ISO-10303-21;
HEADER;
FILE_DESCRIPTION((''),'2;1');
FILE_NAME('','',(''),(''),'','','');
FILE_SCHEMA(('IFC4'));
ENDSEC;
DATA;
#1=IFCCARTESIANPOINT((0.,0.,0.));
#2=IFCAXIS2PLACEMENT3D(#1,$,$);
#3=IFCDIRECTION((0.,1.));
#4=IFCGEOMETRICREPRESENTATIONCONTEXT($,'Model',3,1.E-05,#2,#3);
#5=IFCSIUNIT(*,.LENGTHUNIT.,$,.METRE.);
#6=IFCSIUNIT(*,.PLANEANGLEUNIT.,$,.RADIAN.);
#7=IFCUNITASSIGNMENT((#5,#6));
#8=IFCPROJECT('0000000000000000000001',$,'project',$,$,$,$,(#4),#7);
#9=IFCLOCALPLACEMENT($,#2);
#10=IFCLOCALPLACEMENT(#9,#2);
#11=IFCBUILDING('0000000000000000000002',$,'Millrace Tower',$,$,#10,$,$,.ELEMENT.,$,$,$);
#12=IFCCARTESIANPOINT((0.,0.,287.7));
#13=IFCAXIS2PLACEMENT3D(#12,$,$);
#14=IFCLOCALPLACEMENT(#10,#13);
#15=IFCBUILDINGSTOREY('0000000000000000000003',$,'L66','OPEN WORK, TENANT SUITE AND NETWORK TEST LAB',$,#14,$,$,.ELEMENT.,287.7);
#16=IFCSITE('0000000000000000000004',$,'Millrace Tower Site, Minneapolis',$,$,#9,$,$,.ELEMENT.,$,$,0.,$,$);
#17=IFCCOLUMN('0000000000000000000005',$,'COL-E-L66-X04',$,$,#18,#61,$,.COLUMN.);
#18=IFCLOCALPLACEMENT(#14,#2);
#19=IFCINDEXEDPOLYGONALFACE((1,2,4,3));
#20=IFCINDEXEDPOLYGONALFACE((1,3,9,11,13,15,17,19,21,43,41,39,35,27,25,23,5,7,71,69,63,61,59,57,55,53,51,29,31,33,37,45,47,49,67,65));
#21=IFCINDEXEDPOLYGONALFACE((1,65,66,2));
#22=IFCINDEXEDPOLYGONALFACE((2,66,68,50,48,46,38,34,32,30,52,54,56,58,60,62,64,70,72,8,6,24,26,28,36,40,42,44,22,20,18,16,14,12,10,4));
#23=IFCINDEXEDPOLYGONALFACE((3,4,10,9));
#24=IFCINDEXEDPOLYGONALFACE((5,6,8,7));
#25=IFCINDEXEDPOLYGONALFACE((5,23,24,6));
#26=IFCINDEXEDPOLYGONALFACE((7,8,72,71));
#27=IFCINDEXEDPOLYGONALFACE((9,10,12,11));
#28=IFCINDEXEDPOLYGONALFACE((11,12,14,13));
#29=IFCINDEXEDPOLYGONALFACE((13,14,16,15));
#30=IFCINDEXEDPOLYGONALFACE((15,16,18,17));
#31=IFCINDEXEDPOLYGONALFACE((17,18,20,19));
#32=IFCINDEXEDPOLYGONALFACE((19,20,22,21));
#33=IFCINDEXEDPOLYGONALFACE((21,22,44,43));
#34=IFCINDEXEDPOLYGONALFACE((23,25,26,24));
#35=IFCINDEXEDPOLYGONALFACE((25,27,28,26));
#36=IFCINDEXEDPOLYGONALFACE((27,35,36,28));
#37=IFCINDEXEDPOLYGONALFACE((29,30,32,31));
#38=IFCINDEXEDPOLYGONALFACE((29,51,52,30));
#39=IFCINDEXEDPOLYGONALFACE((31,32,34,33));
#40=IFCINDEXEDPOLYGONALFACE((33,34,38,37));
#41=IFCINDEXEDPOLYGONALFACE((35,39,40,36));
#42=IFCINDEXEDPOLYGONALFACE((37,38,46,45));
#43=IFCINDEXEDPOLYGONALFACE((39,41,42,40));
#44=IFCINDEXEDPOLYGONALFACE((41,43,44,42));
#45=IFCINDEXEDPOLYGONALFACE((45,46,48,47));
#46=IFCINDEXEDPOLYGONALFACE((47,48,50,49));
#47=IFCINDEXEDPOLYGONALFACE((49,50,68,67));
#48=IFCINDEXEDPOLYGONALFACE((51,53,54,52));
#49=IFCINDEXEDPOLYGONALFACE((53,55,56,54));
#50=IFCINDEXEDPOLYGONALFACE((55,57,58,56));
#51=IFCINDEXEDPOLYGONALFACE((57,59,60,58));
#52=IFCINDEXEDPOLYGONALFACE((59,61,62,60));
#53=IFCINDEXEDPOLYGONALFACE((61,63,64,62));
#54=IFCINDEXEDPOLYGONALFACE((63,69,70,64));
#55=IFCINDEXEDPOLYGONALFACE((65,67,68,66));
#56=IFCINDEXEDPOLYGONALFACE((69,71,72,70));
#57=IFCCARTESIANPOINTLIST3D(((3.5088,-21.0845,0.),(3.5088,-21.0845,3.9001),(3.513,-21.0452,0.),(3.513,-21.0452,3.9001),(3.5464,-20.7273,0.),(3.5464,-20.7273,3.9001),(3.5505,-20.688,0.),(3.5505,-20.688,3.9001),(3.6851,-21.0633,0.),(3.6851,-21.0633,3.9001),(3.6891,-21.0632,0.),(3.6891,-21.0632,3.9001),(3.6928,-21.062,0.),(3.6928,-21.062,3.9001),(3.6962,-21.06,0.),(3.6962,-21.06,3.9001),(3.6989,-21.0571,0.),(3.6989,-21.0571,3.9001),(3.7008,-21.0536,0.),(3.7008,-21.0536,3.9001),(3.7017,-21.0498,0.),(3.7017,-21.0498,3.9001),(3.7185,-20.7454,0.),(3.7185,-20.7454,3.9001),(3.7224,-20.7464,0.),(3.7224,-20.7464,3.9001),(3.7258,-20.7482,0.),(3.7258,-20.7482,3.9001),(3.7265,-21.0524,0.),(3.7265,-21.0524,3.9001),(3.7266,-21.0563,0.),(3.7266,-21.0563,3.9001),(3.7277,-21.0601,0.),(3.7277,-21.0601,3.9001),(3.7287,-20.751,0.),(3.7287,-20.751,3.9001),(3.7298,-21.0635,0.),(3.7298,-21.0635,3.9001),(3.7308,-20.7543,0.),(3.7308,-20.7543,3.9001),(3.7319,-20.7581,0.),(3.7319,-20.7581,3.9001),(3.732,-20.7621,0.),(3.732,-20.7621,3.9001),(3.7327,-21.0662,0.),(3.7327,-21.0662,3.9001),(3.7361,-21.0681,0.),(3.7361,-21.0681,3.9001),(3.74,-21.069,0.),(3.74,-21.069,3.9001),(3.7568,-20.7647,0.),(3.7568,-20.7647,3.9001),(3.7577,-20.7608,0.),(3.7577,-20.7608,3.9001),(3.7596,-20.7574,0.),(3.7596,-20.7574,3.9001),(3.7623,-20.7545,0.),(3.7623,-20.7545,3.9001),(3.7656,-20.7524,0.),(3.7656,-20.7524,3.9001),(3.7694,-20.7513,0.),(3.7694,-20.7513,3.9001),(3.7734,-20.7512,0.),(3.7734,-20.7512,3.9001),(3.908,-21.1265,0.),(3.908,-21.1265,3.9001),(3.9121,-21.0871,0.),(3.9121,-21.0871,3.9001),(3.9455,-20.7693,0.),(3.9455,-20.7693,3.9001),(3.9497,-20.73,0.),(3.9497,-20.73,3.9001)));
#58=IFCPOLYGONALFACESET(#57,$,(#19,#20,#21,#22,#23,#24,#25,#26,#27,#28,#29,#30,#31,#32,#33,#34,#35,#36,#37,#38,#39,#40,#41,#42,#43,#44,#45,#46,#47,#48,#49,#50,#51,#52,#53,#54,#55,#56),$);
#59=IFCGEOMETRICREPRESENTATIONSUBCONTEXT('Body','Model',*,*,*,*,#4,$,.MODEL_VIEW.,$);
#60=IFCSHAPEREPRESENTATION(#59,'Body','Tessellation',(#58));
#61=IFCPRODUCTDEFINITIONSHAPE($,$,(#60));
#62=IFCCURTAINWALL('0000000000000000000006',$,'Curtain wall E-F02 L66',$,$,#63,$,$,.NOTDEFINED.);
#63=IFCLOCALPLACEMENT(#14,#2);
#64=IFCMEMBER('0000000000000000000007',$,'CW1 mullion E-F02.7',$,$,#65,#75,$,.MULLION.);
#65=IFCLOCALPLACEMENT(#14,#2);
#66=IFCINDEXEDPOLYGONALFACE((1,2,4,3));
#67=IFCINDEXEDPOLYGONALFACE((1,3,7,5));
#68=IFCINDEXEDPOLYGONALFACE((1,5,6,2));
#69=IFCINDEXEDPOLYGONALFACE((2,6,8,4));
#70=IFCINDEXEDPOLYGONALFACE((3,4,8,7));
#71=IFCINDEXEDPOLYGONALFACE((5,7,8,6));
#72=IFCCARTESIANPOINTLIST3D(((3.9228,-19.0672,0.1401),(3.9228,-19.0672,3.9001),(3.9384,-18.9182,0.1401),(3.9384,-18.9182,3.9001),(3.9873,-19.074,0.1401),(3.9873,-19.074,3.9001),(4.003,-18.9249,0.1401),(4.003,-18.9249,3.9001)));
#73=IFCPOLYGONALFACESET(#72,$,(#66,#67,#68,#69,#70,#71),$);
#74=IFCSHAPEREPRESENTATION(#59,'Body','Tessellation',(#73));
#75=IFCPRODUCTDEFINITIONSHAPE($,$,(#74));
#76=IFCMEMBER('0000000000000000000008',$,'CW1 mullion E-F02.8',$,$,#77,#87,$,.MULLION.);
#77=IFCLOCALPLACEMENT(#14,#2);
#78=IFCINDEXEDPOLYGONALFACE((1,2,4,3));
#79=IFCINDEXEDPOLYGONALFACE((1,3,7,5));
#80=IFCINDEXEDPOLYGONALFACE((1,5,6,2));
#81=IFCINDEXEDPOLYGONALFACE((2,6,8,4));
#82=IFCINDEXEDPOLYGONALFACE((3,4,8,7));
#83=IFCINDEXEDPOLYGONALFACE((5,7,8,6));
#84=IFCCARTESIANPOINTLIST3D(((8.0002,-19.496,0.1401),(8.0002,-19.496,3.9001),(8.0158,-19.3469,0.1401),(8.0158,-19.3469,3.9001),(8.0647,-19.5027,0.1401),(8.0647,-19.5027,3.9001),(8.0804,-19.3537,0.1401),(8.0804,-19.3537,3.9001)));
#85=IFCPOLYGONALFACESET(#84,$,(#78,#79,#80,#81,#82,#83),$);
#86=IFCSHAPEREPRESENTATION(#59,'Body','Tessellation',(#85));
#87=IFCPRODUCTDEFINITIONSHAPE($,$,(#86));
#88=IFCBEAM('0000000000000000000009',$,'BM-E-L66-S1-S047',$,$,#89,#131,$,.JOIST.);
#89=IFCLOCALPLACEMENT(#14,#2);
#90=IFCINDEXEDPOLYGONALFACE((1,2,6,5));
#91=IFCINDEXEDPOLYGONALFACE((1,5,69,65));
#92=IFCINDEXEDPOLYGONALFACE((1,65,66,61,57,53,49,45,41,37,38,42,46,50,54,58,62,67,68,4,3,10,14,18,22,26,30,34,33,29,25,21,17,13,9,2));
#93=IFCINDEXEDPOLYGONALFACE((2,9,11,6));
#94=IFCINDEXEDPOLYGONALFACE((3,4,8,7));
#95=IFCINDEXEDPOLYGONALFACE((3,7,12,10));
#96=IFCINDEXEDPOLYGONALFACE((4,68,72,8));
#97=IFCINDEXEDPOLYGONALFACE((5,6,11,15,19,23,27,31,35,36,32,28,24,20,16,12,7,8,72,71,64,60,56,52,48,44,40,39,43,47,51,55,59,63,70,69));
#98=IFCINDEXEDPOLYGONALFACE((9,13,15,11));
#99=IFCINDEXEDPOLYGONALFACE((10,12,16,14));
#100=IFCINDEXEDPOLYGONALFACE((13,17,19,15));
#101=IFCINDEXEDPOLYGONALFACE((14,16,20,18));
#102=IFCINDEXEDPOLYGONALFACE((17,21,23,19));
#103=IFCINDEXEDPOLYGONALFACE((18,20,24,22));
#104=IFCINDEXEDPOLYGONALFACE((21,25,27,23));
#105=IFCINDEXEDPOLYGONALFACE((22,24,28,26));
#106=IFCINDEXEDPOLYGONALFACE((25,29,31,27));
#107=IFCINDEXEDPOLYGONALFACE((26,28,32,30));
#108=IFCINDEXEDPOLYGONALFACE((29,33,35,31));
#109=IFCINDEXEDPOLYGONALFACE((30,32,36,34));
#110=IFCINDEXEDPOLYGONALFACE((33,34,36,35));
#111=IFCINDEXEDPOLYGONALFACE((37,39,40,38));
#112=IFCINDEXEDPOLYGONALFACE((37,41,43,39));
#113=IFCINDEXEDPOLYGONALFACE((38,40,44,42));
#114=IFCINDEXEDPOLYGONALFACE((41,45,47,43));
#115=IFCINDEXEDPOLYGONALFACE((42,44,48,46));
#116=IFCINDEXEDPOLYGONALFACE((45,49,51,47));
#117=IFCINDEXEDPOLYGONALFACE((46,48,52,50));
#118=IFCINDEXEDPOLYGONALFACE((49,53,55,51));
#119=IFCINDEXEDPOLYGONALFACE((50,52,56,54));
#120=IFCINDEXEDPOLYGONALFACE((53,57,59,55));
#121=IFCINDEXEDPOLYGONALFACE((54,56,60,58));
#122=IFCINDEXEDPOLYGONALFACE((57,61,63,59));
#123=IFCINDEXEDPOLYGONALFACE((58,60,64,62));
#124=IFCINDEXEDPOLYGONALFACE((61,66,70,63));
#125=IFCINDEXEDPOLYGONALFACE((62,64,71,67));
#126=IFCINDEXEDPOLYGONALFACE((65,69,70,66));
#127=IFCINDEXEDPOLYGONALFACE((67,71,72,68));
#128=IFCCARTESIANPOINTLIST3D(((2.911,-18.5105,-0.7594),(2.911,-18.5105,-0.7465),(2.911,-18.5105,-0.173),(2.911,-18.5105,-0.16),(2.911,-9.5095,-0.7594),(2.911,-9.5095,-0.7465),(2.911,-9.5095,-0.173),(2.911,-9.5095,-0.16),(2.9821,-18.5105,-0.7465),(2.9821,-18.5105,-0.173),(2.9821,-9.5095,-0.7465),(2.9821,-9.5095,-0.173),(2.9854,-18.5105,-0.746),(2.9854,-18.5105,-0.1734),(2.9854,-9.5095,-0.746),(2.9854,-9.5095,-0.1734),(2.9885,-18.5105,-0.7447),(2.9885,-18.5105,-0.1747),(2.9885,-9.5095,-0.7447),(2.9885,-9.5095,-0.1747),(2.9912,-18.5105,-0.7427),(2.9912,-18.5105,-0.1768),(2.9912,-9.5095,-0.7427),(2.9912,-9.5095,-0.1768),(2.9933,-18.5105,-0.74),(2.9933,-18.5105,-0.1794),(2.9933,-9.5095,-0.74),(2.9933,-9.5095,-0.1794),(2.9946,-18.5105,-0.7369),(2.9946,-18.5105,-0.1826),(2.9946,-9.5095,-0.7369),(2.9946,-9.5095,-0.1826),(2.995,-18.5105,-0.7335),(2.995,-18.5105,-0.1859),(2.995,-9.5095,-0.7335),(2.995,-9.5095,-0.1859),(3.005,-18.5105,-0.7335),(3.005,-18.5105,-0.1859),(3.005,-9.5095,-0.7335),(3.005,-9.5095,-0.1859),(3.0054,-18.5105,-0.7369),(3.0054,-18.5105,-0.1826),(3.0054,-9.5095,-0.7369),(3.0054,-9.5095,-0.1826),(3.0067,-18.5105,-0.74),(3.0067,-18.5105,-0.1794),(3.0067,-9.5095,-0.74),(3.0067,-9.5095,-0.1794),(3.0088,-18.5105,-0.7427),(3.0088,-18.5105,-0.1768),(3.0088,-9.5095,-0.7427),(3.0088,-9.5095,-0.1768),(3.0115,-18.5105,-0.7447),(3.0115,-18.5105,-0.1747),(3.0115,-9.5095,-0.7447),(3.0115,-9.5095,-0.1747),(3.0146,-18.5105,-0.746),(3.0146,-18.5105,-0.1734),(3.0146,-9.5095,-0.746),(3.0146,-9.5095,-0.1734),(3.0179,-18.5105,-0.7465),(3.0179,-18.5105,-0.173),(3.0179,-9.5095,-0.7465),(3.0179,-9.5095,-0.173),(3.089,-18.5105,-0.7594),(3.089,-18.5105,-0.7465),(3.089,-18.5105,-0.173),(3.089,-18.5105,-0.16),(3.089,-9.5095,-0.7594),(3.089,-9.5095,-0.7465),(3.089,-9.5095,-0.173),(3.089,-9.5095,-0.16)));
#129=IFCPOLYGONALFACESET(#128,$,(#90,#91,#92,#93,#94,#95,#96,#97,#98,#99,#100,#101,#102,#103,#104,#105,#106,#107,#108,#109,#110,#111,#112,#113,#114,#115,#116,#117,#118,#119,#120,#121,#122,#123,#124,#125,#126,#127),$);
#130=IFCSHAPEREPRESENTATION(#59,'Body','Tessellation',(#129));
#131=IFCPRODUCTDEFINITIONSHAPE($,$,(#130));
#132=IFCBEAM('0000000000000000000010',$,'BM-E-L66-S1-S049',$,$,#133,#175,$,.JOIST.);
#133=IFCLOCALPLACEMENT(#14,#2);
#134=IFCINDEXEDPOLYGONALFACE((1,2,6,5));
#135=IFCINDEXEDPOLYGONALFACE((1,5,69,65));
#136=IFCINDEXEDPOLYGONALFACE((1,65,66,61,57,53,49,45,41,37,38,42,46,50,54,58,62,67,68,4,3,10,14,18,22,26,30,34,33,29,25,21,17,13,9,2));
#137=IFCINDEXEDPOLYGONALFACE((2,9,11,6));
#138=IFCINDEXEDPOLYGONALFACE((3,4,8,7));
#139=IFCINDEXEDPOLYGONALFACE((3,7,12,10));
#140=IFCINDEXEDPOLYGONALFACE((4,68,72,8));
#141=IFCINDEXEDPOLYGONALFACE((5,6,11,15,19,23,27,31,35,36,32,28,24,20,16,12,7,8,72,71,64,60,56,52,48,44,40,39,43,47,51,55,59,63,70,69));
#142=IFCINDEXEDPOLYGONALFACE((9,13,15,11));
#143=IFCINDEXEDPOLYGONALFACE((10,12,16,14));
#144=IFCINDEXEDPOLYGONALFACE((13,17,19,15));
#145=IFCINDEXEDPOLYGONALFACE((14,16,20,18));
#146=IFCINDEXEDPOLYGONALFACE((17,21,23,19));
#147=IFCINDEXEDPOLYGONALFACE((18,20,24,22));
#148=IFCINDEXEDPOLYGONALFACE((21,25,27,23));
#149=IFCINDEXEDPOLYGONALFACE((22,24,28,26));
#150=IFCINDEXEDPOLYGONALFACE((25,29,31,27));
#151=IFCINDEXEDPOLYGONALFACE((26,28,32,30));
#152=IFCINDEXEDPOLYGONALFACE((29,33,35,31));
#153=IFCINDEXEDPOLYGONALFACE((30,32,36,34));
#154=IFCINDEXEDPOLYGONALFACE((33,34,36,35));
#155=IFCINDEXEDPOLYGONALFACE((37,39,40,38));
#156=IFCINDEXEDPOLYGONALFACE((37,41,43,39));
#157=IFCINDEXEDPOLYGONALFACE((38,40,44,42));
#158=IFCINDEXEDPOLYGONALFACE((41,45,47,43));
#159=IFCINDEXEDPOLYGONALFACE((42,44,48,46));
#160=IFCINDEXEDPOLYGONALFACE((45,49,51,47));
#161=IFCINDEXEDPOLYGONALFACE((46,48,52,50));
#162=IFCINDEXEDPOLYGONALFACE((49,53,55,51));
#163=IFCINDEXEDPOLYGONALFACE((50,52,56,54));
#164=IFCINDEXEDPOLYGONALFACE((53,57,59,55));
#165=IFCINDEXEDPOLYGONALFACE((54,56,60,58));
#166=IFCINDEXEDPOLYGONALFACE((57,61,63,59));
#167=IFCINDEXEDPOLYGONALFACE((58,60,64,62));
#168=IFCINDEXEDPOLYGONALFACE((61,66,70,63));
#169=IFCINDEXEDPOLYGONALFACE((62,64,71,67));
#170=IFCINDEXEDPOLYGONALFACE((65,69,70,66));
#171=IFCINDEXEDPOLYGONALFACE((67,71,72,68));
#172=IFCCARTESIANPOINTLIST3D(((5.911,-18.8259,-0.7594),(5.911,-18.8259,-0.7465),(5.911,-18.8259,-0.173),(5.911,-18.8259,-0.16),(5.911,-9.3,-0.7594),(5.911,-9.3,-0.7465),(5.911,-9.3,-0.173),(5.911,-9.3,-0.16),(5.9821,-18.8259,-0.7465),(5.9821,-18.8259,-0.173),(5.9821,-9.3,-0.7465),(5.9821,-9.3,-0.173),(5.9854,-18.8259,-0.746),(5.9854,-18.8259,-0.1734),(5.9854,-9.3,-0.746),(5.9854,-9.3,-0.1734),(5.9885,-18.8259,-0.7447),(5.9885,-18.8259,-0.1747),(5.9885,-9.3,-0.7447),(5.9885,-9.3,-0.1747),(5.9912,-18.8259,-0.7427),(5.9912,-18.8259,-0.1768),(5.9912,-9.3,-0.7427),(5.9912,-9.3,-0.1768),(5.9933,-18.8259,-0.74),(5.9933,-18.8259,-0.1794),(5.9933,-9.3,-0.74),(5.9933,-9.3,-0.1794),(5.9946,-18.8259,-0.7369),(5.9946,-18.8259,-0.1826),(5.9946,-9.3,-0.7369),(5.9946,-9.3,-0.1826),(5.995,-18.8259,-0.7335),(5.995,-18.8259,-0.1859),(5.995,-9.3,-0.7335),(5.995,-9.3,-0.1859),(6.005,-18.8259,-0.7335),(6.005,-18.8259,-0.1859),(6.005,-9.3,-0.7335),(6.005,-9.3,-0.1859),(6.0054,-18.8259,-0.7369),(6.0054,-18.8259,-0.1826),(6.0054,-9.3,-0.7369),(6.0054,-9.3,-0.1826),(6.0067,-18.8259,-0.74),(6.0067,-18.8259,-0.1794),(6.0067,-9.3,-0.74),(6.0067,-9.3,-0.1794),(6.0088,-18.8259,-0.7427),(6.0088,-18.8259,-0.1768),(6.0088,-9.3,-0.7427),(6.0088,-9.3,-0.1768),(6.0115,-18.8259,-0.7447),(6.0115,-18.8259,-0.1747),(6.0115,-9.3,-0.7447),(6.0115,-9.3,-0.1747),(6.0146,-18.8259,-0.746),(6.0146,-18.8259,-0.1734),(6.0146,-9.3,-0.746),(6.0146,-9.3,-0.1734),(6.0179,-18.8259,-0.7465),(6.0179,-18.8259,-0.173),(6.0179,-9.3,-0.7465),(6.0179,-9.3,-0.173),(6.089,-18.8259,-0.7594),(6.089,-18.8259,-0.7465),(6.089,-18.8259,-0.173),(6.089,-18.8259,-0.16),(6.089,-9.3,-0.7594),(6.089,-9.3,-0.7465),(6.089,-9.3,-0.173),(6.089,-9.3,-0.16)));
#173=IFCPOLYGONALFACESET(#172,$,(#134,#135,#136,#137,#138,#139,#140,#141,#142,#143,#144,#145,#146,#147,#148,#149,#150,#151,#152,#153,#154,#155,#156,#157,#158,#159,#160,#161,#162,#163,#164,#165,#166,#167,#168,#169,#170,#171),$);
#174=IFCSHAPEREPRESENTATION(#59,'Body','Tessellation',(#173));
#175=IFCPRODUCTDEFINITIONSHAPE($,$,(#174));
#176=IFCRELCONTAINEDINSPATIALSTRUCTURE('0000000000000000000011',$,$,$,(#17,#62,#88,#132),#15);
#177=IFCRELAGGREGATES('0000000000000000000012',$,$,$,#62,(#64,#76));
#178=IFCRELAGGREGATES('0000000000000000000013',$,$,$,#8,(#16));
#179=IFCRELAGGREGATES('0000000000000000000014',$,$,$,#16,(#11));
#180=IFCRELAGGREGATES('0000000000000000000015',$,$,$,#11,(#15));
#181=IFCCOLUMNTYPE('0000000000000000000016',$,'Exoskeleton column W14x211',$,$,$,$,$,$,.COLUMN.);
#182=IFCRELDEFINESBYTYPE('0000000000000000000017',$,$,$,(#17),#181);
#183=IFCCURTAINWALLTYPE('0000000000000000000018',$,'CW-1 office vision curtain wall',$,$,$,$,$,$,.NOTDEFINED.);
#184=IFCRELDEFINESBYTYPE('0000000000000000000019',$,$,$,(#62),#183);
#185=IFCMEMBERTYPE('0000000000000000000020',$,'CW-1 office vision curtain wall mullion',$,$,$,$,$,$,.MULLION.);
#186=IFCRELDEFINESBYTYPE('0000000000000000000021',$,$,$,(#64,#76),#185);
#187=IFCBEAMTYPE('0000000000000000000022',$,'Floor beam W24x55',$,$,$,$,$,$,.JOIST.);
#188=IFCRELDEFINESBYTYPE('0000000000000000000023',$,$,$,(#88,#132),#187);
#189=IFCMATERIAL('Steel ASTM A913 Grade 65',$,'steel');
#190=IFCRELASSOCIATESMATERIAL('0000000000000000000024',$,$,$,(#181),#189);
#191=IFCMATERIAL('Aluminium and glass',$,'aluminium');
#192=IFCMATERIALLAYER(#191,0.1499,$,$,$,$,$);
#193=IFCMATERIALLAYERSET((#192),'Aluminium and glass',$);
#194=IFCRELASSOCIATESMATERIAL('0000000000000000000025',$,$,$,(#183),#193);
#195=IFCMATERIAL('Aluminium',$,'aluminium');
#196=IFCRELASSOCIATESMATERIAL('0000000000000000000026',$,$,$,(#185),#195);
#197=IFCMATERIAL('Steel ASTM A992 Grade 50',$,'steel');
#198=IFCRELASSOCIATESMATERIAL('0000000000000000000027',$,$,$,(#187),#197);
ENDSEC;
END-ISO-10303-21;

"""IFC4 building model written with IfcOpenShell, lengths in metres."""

from ifc_helpers import new_model, si_unit, direction, frame, origin, origin_2d, place, context, subcontext, project, spatial, rectangle, i_section, extrude, material, layer, layer_set, material_profile, profile_set, type_object, element, aggregate, save


model = new_model("IFC4")

# Units and contexts
model_context = context("Model", 3, precision=1e-05, world=origin(), true_north=direction((0.0, 1.0)))
body_context = subcontext(model_context, "Body", "Model", "MODEL_VIEW")
ifc_project = project(units=[si_unit("LENGTHUNIT", "METRE"), si_unit("PLANEANGLEUNIT", "RADIAN")], contexts=[model_context])

# Site, building, storey
site_placement = place(None, origin())
site = spatial("IfcSite", under=ifc_project, at=site_placement, Name="Millrace Tower Site, Minneapolis", CompositionType="ELEMENT", RefElevation=0.0)
building_placement = place(site_placement, origin())
building = spatial("IfcBuilding", under=site, at=building_placement, Name="Millrace Tower", CompositionType="ELEMENT")
storey_placement = place(building_placement, frame((0.0, 0.0, 287.7)))
storey = spatial("IfcBuildingStorey", under=building, at=storey_placement, Name="L66", Description="OPEN WORK, TENANT SUITE AND NETWORK TEST LAB", CompositionType="ELEMENT", Elevation=287.7)

# Column
ifc_material_1 = material(Name="Steel ASTM A913 Grade 65", Category="steel")
ifc_material_profile_1 = material_profile(ifc_material_1, i_section(OverallWidth=0.4014, OverallDepth=0.3987, WebThickness=0.0249, FlangeThickness=0.0396, FilletRadius=0.0151, at=origin_2d()))
ifc_profile_set_1 = profile_set([ifc_material_profile_1], Name="Steel ASTM A913 Grade 65")
column_type = type_object("IfcColumnType", Name="Exoskeleton column W14x211", PredefinedType="COLUMN", material=ifc_profile_set_1)
column_placement = place(storey_placement, frame((3.7292, -20.9072, 0.0), z_axis=(0.0, 0.0, 1.0), x_axis=(0.994522, -0.104528, 0.0)))
element("IfcColumn", 1, at=column_placement, inside=storey, type_object=column_type, Name="COL-E-L66-X04", PredefinedType="COLUMN", context=body_context, shape_type="SweptSolid", body=[
    extrude(i_section(OverallWidth=0.4014, OverallDepth=0.3987, WebThickness=0.0249, FlangeThickness=0.0396, FilletRadius=0.0151, at=origin_2d()), origin(), (0.0, 0.0, 1.0), 3.9001),
])

# Curtain wall, members
ifc_material_2 = material(Name="Aluminium and glass", Category="aluminium")
ifc_layer_1 = layer(ifc_material_2, 0.1499)
ifc_layer_set_1 = layer_set([ifc_layer_1], Name="Aluminium and glass")
curtain_wall_type = type_object("IfcCurtainWallType", Name="CW-1 office vision curtain wall", PredefinedType="NOTDEFINED", material=ifc_layer_set_1)
placement = place(storey_placement, origin())
curtain_wall = element("IfcCurtainWall", 2, at=placement, inside=storey, type_object=curtain_wall_type, Name="Curtain wall E-F02 L66", PredefinedType="NOTDEFINED")
ifc_material_3 = material(Name="Aluminium", Category="aluminium")
ifc_material_profile_2 = material_profile(ifc_material_3, rectangle(XDim=0.0649, YDim=0.1499, at=origin_2d()))
ifc_profile_set_2 = profile_set([ifc_material_profile_2], Name="Aluminium")
member_type = type_object("IfcMemberType", Name="CW-1 office vision curtain wall mullion", PredefinedType="MULLION", material=ifc_profile_set_2)
member_1_placement = place(storey_placement, frame((3.9629, -18.9961, 0.1401), z_axis=(0.0, 0.0, 1.0), x_axis=(0.994522, -0.104528, 0.0)))
member_1 = element("IfcMember", 3, at=member_1_placement, type_object=member_type, Name="CW1 mullion E-F02.7", PredefinedType="MULLION", context=body_context, shape_type="SweptSolid", body=[
    extrude(rectangle(XDim=0.0649, YDim=0.1499, at=origin_2d()), origin(), (0.0, 0.0, 1.0), 3.76),
])
member_2_placement = place(storey_placement, frame((8.0403, -19.4248, 0.1401), z_axis=(0.0, 0.0, 1.0), x_axis=(0.994522, -0.104528, 0.0)))
member_2 = element("IfcMember", 4, at=member_2_placement, type_object=member_type, Name="CW1 mullion E-F02.8", PredefinedType="MULLION", context=body_context, shape_type="SweptSolid", body=[
    extrude(rectangle(XDim=0.0649, YDim=0.1499, at=origin_2d()), origin(), (0.0, 0.0, 1.0), 3.76),
])
aggregate(curtain_wall, [member_1, member_2])

# Beams
ifc_material_4 = material(Name="Steel ASTM A992 Grade 50", Category="steel")
ifc_material_profile_3 = material_profile(ifc_material_4, i_section(OverallWidth=0.178, OverallDepth=0.5994, WebThickness=0.01, FlangeThickness=0.0129, FilletRadius=0.0129, at=origin_2d()))
ifc_profile_set_3 = profile_set([ifc_material_profile_3], Name="Steel ASTM A992 Grade 50")
beam_type_1 = type_object("IfcBeamType", Name="Floor beam W24x55", PredefinedType="JOIST", material=ifc_profile_set_3)
beam_1_placement = place(storey_placement, frame((3.0, -18.5105, -0.4597), z_axis=(0.0, 1.0, 0.0), x_axis=(-1.0, 0.0, 0.0)))
element("IfcBeam", 5, at=beam_1_placement, inside=storey, type_object=beam_type_1, Name="BM-E-L66-S1-S047", PredefinedType="JOIST", context=body_context, shape_type="SweptSolid", body=[
    extrude(i_section(OverallWidth=0.178, OverallDepth=0.5994, WebThickness=0.01, FlangeThickness=0.0129, FilletRadius=0.0129, at=origin_2d()), origin(), (0.0, 0.0, 1.0), 9.001),
])
beam_2_placement = place(storey_placement, frame((6.0, -18.8259, -0.4597), z_axis=(0.0, 1.0, 0.0), x_axis=(-1.0, 0.0, 0.0)))
element("IfcBeam", 6, at=beam_2_placement, inside=storey, type_object=beam_type_1, Name="BM-E-L66-S1-S049", PredefinedType="JOIST", context=body_context, shape_type="SweptSolid", body=[
    extrude(i_section(OverallWidth=0.178, OverallDepth=0.5994, WebThickness=0.01, FlangeThickness=0.0129, FilletRadius=0.0129, at=origin_2d()), origin(), (0.0, 0.0, 1.0), 9.5259),
])

save(model, "model.ifc")
